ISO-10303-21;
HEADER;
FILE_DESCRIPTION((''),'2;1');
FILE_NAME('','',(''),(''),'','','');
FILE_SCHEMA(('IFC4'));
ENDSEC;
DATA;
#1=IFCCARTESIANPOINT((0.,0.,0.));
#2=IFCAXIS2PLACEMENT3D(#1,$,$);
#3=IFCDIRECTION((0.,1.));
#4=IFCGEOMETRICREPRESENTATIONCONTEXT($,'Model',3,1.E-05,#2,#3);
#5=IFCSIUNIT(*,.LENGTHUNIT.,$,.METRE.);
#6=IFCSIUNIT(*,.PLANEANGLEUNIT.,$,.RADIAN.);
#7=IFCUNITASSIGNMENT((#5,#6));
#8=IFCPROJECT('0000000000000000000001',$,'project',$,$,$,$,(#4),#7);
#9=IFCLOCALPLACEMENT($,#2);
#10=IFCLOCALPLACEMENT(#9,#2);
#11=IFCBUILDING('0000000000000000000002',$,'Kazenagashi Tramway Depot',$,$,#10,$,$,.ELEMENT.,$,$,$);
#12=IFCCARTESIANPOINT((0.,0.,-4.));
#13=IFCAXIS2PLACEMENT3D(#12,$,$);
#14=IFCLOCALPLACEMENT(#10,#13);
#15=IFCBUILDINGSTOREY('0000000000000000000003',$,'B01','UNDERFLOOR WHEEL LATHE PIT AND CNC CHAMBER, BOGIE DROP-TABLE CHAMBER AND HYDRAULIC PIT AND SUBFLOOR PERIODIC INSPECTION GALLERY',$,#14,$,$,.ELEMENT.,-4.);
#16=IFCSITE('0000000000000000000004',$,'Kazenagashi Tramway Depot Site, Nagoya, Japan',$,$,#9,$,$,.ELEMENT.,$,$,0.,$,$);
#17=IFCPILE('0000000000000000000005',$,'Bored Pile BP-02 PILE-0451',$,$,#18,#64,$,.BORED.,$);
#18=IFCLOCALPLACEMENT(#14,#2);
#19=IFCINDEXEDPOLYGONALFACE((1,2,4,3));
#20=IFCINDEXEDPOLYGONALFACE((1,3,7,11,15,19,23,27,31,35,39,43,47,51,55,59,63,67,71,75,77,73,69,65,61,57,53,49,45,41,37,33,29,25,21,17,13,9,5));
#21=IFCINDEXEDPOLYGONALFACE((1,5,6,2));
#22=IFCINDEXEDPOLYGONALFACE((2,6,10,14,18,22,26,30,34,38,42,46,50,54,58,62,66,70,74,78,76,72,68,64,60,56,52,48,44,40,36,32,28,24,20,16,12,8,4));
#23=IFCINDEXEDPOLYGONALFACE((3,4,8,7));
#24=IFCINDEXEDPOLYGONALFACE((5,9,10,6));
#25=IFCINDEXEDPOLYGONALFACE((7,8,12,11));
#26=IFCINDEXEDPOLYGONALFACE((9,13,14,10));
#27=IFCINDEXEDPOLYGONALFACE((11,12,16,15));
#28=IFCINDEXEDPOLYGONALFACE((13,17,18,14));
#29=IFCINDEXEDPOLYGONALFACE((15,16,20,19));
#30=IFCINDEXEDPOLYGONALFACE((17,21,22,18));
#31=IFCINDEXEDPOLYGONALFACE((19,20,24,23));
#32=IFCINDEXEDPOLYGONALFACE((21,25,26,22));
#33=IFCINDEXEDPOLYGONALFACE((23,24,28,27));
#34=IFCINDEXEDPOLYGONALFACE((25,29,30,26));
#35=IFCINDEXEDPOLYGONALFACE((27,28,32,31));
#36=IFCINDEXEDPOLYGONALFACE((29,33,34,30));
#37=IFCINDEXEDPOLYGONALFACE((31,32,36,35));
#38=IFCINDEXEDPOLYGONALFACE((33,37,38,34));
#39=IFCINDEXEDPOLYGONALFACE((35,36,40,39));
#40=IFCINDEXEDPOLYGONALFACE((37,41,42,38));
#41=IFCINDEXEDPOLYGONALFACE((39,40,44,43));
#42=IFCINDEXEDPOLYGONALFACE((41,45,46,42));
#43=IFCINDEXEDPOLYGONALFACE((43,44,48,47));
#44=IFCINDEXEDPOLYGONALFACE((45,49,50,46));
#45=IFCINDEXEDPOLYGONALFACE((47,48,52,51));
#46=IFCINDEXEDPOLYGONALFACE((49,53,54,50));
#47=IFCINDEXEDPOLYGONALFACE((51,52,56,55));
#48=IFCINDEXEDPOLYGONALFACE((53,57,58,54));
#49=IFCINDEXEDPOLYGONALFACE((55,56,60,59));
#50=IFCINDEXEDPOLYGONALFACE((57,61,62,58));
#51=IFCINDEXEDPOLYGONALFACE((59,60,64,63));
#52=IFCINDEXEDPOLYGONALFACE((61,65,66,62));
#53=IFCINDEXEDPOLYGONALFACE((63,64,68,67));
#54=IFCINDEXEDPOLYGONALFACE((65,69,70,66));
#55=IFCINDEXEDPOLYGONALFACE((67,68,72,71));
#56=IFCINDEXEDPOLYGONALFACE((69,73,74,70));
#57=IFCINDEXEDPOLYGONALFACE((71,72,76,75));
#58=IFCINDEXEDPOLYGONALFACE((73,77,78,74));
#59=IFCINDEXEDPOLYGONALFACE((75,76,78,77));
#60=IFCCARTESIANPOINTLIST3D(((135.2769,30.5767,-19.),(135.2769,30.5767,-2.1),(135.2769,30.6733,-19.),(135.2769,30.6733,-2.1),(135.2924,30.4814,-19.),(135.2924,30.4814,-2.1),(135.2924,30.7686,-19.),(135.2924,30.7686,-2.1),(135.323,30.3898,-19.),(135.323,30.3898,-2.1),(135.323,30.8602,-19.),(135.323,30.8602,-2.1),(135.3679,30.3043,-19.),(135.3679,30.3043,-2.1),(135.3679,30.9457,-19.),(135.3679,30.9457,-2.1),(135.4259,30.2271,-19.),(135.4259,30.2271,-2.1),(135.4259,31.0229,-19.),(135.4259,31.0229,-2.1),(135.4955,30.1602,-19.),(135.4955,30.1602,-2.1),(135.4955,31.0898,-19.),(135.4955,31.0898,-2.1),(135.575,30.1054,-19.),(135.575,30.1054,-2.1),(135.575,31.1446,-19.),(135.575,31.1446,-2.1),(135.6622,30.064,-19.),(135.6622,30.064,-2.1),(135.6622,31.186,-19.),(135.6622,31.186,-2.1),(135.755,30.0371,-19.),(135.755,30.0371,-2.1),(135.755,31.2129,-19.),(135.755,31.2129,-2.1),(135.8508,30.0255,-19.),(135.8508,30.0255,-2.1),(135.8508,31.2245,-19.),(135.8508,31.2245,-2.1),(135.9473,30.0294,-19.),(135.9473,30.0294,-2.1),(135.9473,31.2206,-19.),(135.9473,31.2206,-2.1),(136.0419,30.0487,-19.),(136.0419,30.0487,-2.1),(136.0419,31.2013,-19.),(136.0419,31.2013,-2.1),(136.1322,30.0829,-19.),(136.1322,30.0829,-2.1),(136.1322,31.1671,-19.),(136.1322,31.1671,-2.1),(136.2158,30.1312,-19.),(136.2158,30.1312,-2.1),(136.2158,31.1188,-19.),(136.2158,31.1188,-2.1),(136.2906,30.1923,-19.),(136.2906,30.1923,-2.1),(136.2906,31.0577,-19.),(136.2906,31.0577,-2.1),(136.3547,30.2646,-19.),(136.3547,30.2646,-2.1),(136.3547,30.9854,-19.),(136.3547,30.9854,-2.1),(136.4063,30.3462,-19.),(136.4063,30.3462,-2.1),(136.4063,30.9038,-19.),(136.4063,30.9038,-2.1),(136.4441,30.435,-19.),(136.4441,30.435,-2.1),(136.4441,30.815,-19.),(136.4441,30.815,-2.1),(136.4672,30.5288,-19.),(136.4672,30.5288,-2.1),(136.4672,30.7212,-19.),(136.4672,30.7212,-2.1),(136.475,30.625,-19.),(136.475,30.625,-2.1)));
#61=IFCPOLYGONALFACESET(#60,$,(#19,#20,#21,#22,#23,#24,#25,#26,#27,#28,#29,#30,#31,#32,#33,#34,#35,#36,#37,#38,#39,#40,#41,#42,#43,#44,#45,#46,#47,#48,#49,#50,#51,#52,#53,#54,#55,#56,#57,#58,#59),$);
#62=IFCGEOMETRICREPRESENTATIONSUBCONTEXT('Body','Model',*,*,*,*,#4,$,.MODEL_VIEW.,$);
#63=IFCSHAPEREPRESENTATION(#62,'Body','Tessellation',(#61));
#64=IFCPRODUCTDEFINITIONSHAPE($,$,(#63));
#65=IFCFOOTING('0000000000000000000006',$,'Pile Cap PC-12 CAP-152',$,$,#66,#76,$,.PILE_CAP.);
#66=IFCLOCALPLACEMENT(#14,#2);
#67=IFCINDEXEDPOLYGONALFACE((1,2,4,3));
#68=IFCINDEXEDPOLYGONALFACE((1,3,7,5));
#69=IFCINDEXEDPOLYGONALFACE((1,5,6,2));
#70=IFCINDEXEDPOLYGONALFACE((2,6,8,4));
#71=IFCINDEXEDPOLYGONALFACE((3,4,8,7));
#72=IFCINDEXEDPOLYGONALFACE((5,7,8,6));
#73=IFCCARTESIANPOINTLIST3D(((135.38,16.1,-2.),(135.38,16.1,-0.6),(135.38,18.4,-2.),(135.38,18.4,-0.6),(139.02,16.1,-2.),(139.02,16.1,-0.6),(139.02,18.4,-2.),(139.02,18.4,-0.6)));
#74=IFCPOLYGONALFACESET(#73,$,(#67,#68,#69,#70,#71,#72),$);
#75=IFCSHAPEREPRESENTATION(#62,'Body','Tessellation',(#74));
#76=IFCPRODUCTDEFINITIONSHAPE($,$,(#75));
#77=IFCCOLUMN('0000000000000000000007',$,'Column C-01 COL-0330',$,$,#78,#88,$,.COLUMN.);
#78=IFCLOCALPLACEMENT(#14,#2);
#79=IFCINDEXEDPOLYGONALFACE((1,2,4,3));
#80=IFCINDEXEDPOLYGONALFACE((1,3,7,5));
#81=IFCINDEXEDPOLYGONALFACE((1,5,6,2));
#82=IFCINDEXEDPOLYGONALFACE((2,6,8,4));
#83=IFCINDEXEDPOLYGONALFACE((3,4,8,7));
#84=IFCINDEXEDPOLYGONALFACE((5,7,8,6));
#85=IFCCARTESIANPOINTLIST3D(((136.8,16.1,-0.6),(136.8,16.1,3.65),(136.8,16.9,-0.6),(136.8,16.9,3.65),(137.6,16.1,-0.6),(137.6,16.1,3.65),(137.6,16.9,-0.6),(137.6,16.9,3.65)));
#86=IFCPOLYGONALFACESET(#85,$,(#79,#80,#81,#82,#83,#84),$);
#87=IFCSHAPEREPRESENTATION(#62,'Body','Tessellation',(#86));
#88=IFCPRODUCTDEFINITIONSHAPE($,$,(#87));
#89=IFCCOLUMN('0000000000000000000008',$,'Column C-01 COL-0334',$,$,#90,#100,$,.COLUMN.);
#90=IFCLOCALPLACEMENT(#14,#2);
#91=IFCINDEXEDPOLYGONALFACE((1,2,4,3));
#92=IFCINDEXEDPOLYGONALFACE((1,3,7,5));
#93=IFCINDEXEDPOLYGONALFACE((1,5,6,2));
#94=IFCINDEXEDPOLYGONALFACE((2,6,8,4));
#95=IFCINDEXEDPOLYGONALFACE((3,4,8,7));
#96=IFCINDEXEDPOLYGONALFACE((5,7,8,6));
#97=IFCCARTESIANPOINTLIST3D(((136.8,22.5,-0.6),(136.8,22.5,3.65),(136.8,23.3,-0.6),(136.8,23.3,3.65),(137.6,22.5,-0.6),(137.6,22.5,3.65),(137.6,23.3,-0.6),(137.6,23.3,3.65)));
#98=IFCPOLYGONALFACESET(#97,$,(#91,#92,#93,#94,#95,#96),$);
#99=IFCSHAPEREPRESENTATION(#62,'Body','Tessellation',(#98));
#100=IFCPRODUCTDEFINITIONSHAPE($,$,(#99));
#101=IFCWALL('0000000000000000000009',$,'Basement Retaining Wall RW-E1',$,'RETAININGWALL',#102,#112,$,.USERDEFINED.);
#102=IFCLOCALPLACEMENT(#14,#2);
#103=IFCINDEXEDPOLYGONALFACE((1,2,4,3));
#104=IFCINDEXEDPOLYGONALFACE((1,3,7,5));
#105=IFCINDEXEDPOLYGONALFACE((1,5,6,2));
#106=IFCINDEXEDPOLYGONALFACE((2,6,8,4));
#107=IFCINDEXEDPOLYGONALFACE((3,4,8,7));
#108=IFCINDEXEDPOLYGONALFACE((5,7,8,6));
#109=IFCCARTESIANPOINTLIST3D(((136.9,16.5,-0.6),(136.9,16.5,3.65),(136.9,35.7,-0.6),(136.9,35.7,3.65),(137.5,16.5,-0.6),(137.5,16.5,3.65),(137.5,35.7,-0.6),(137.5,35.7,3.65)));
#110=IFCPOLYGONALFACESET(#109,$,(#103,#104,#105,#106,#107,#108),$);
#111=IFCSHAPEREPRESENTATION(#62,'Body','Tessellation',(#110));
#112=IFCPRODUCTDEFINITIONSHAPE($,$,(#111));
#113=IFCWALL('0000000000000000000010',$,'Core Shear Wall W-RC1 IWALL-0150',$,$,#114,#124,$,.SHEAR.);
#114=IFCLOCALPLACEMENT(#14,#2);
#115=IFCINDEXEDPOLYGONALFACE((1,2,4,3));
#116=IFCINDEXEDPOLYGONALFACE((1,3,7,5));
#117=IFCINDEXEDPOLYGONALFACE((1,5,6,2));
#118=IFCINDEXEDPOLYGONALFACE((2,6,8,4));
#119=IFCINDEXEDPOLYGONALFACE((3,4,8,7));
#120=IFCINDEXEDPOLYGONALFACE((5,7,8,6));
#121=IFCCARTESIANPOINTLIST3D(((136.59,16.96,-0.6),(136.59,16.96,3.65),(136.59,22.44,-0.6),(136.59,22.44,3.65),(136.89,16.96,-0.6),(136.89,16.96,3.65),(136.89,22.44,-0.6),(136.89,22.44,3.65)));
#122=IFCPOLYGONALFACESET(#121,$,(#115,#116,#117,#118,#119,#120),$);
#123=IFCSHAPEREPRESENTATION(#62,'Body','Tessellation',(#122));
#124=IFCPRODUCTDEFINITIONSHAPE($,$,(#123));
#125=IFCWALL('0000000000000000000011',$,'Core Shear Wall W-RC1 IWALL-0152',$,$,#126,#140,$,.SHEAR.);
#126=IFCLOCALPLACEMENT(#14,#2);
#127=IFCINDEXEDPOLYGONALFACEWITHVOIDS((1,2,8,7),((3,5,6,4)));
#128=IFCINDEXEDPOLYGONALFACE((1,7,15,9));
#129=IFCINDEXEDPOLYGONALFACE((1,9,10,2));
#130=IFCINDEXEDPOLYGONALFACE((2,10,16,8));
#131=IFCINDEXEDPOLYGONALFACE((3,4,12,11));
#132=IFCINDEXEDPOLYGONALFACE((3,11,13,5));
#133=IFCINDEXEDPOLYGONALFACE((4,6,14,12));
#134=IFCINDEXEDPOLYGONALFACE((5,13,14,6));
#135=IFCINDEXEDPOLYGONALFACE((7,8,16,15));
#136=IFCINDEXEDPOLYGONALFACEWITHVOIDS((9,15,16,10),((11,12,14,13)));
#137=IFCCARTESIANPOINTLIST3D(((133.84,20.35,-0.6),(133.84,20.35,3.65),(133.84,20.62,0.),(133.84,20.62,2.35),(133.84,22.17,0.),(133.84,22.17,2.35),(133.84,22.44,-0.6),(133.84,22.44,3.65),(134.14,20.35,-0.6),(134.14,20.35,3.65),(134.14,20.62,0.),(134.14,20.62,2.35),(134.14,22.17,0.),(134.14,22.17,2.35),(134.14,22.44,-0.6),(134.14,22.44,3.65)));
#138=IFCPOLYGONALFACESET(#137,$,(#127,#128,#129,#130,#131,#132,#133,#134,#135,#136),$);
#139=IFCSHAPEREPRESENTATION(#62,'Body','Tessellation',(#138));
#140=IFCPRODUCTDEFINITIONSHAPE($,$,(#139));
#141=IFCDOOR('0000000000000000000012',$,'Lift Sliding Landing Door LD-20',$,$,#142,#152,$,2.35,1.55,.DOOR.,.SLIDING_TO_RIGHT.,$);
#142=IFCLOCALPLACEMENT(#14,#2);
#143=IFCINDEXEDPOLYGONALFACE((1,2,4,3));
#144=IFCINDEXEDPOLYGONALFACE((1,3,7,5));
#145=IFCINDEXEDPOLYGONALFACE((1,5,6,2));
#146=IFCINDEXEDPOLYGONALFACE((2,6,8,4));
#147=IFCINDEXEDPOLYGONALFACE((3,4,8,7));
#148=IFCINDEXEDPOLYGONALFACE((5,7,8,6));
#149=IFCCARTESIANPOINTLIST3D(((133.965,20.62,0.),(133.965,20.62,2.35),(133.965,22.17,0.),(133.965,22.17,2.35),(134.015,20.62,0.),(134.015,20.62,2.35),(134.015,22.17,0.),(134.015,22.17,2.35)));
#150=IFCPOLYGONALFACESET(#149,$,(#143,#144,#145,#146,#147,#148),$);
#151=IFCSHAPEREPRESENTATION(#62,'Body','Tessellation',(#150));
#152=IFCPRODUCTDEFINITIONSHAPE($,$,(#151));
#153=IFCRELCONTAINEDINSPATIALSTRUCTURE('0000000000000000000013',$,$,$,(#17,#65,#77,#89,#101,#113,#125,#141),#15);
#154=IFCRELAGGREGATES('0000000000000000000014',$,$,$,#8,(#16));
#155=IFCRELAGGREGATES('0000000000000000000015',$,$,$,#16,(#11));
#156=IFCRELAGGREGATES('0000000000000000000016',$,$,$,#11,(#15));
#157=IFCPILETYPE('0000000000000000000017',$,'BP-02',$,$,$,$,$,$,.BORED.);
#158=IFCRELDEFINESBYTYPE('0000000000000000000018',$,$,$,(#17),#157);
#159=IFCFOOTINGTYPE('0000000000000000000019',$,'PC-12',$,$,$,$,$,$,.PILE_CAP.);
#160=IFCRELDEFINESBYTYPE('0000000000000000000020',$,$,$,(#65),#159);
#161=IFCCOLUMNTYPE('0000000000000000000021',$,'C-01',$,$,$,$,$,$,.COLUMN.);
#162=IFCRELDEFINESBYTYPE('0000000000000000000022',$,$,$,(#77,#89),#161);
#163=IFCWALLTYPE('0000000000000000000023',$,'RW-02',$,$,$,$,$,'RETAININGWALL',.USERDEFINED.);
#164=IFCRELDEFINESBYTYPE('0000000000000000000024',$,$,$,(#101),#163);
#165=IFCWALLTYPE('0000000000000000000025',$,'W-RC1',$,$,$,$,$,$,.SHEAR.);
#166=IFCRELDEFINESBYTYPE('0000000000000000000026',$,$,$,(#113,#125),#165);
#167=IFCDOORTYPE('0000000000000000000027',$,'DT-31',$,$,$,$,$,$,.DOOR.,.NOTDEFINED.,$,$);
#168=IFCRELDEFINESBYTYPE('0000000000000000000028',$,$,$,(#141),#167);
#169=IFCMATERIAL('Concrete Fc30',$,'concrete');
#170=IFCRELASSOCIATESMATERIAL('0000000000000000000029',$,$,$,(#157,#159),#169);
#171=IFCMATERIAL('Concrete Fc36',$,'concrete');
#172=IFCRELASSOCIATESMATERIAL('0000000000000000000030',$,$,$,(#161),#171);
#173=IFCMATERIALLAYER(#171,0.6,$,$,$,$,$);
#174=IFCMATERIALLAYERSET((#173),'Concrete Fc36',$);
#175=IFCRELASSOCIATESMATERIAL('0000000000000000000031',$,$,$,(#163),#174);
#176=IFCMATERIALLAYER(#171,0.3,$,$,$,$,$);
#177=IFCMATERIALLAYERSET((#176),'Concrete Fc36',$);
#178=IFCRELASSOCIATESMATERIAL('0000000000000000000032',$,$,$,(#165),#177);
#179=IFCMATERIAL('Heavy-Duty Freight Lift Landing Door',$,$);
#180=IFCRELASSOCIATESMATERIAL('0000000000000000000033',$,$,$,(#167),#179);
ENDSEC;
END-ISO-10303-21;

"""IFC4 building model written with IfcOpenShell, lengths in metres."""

from ifc_helpers import new_model, si_unit, direction, frame, frame_2d, origin, origin_2d, place, context, subcontext, project, spatial, rectangle, circle, extrude, material, layer, layer_set, material_profile, profile_set, type_object, element, fill, save


model = new_model("IFC4")

# Units and contexts
model_context = context("Model", 3, precision=1e-05, world=origin(), true_north=direction((0.0, 1.0)))
body_context = subcontext(model_context, "Body", "Model", "MODEL_VIEW")
ifc_project = project(units=[si_unit("LENGTHUNIT", "METRE"), si_unit("PLANEANGLEUNIT", "RADIAN")], contexts=[model_context])

# Site, building, storey
site_placement = place(None, origin())
site = spatial("IfcSite", under=ifc_project, at=site_placement, Name="Kazenagashi Tramway Depot Site, Nagoya, Japan", CompositionType="ELEMENT", RefElevation=0.0)
building_placement = place(site_placement, origin())
building = spatial("IfcBuilding", under=site, at=building_placement, Name="Kazenagashi Tramway Depot", CompositionType="ELEMENT")
storey_placement = place(building_placement, frame((0.0, 0.0, -4.0)))
storey = spatial("IfcBuildingStorey", under=building, at=storey_placement, Name="B01", Description="UNDERFLOOR WHEEL LATHE PIT AND CNC CHAMBER, BOGIE DROP-TABLE CHAMBER AND HYDRAULIC PIT AND SUBFLOOR PERIODIC INSPECTION GALLERY", CompositionType="ELEMENT", Elevation=-4.0)

# Pile
ifc_material_1 = material(Name="Concrete Fc30", Category="concrete")
ifc_material_profile_1 = material_profile(ifc_material_1, circle(Radius=0.6, at=origin_2d()), Name="PILE-1200")
ifc_profile_set_1 = profile_set([ifc_material_profile_1], Name="Concrete Fc30")
pile_type_1 = type_object("IfcPileType", Name="BP-02", PredefinedType="BORED", material=ifc_profile_set_1)
for number, where, z_axis, x_axis, name in (
    (1, (135.875, 30.625, -2.1), (0.0, 0.0, -1.0), (1.0, 0.0, 0.0), "Bored Pile BP-02 PILE-0451"),
):
    element("IfcPile", number, at=place(storey_placement, frame(where, z_axis=z_axis, x_axis=x_axis)), inside=storey, type_object=pile_type_1, Name=name, PredefinedType="BORED", context=body_context, shape_type="SweptSolid", body=[
        extrude(circle(Radius=0.6, at=origin_2d()), origin(), (0.0, 0.0, 1.0), 16.9),
    ])

# Footing
footing_type = type_object("IfcFootingType", Name="PC-12", PredefinedType="PILE_CAP", material=ifc_material_1)
footing_placement = place(storey_placement, frame((137.2, 17.25, -2.0), z_axis=(0.0, 0.0, 1.0), x_axis=(1.0, 0.0, 0.0)))
element("IfcFooting", 2, at=footing_placement, inside=storey, type_object=footing_type, Name="Pile Cap PC-12 CAP-152", PredefinedType="PILE_CAP", context=body_context, shape_type="SweptSolid", body=[
    extrude(rectangle(XDim=3.64, YDim=2.3, at=origin_2d()), origin(), (0.0, 0.0, 1.0), 1.4),
])

# Columns
ifc_material_2 = material(Name="Concrete Fc36", Category="concrete")
ifc_material_profile_2 = material_profile(ifc_material_2, rectangle(XDim=0.8, YDim=0.8, at=origin_2d()), Name="RC-800x800")
ifc_profile_set_2 = profile_set([ifc_material_profile_2], Name="Concrete Fc36")
column_type = type_object("IfcColumnType", Name="C-01", PredefinedType="COLUMN", material=ifc_profile_set_2)
for number, where, z_axis, x_axis, name in (
    (3, (137.2, 16.5, -0.6), (0.0, 0.0, 1.0), (1.0, 0.0, 0.0), "Column C-01 COL-0330"),
    (4, (137.2, 22.9, -0.6), (0.0, 0.0, 1.0), (1.0, 0.0, 0.0), "Column C-01 COL-0334"),
):
    element("IfcColumn", number, at=place(storey_placement, frame(where, z_axis=z_axis, x_axis=x_axis)), inside=storey, type_object=column_type, Name=name, PredefinedType="COLUMN", context=body_context, shape_type="SweptSolid", body=[
        extrude(rectangle(XDim=0.8, YDim=0.8, at=origin_2d()), origin(), (0.0, 0.0, 1.0), 4.25),
    ])

# Walls
ifc_layer_1 = layer(ifc_material_2, 0.6)
ifc_layer_set_1 = layer_set([ifc_layer_1], Name="Concrete Fc36")
wall_type_1 = type_object("IfcWallType", Name="RW-02", ElementType="RETAININGWALL", PredefinedType="USERDEFINED", material=ifc_layer_set_1)
wall_1_placement = place(storey_placement, frame((137.2, 16.5, -0.6), z_axis=(0.0, 0.0, 1.0), x_axis=(0.0, 1.0, 0.0)))
element("IfcWall", 5, at=wall_1_placement, inside=storey, type_object=wall_type_1, Name="Basement Retaining Wall RW-E1", ObjectType="RETAININGWALL", PredefinedType="USERDEFINED", context=body_context, shape_type="SweptSolid", body=[
    extrude(rectangle(XDim=19.2, YDim=0.6, at=frame_2d((9.6, 0.0))), origin(), (0.0, 0.0, 1.0), 4.25),
])
ifc_layer_2 = layer(ifc_material_2, 0.3)
ifc_layer_set_2 = layer_set([ifc_layer_2], Name="Concrete Fc36")
wall_type_2 = type_object("IfcWallType", Name="W-RC1", PredefinedType="SHEAR", material=ifc_layer_set_2)
wall_2_placement = place(storey_placement, frame((136.74, 16.96, -0.6), z_axis=(0.0, 0.0, 1.0), x_axis=(0.0, 1.0, 0.0)))
element("IfcWall", 6, at=wall_2_placement, inside=storey, type_object=wall_type_2, Name="Core Shear Wall W-RC1 IWALL-0150", PredefinedType="SHEAR", context=body_context, shape_type="SweptSolid", body=[
    extrude(rectangle(XDim=5.48, YDim=0.3, at=frame_2d((2.74, 0.0))), origin(), (0.0, 0.0, 1.0), 4.25),
])

# Wall, opening, door
wall_3_placement = place(storey_placement, frame((133.99, 20.35, -0.6), z_axis=(0.0, 0.0, 1.0), x_axis=(0.0, 1.0, 0.0)))
wall_3 = element("IfcWall", 7, at=wall_3_placement, inside=storey, type_object=wall_type_2, Name="Core Shear Wall W-RC1 IWALL-0152", PredefinedType="SHEAR", context=body_context, shape_type="SweptSolid", body=[
    extrude(rectangle(XDim=2.09, YDim=0.3, at=frame_2d((1.045, 0.0))), origin(), (0.0, 0.0, 1.0), 4.25),
])
opening_placement = place(wall_3_placement, frame((0.27, 0.0, 0.6)))
opening = element("IfcOpeningElement", 8, at=opening_placement, cuts=wall_3, PredefinedType="OPENING", context=body_context, shape_type="SweptSolid", body=[
    extrude(rectangle(XDim=1.55, YDim=2.35, at=frame_2d((0.775, 1.175))), frame((0.0, 0.16, 0.0), z_axis=(0.0, -1.0, 0.0), x_axis=(1.0, 0.0, 0.0)), (0.0, 0.0, 1.0), 0.32),
])
ifc_material_3 = material(Name="Heavy-Duty Freight Lift Landing Door")
door_type = type_object("IfcDoorType", Name="DT-31", OperationType="NOTDEFINED", PredefinedType="DOOR", material=ifc_material_3)
door_placement = place(opening_placement, origin())
door = element("IfcDoor", 9, at=door_placement, inside=storey, type_object=door_type, Name="Lift Sliding Landing Door LD-20", OperationType="SLIDING_TO_RIGHT", OverallHeight=2.35, OverallWidth=1.55, PredefinedType="DOOR", context=body_context, shape_type="SweptSolid", body=[
    extrude(rectangle(XDim=1.55, YDim=2.35, at=frame_2d((0.775, 1.175))), frame((0.0, 0.025, 0.0), z_axis=(0.0, -1.0, 0.0), x_axis=(1.0, 0.0, 0.0)), (0.0, 0.0, 1.0), 0.05),
])
fill(opening, door)

save(model, "model.ifc")
